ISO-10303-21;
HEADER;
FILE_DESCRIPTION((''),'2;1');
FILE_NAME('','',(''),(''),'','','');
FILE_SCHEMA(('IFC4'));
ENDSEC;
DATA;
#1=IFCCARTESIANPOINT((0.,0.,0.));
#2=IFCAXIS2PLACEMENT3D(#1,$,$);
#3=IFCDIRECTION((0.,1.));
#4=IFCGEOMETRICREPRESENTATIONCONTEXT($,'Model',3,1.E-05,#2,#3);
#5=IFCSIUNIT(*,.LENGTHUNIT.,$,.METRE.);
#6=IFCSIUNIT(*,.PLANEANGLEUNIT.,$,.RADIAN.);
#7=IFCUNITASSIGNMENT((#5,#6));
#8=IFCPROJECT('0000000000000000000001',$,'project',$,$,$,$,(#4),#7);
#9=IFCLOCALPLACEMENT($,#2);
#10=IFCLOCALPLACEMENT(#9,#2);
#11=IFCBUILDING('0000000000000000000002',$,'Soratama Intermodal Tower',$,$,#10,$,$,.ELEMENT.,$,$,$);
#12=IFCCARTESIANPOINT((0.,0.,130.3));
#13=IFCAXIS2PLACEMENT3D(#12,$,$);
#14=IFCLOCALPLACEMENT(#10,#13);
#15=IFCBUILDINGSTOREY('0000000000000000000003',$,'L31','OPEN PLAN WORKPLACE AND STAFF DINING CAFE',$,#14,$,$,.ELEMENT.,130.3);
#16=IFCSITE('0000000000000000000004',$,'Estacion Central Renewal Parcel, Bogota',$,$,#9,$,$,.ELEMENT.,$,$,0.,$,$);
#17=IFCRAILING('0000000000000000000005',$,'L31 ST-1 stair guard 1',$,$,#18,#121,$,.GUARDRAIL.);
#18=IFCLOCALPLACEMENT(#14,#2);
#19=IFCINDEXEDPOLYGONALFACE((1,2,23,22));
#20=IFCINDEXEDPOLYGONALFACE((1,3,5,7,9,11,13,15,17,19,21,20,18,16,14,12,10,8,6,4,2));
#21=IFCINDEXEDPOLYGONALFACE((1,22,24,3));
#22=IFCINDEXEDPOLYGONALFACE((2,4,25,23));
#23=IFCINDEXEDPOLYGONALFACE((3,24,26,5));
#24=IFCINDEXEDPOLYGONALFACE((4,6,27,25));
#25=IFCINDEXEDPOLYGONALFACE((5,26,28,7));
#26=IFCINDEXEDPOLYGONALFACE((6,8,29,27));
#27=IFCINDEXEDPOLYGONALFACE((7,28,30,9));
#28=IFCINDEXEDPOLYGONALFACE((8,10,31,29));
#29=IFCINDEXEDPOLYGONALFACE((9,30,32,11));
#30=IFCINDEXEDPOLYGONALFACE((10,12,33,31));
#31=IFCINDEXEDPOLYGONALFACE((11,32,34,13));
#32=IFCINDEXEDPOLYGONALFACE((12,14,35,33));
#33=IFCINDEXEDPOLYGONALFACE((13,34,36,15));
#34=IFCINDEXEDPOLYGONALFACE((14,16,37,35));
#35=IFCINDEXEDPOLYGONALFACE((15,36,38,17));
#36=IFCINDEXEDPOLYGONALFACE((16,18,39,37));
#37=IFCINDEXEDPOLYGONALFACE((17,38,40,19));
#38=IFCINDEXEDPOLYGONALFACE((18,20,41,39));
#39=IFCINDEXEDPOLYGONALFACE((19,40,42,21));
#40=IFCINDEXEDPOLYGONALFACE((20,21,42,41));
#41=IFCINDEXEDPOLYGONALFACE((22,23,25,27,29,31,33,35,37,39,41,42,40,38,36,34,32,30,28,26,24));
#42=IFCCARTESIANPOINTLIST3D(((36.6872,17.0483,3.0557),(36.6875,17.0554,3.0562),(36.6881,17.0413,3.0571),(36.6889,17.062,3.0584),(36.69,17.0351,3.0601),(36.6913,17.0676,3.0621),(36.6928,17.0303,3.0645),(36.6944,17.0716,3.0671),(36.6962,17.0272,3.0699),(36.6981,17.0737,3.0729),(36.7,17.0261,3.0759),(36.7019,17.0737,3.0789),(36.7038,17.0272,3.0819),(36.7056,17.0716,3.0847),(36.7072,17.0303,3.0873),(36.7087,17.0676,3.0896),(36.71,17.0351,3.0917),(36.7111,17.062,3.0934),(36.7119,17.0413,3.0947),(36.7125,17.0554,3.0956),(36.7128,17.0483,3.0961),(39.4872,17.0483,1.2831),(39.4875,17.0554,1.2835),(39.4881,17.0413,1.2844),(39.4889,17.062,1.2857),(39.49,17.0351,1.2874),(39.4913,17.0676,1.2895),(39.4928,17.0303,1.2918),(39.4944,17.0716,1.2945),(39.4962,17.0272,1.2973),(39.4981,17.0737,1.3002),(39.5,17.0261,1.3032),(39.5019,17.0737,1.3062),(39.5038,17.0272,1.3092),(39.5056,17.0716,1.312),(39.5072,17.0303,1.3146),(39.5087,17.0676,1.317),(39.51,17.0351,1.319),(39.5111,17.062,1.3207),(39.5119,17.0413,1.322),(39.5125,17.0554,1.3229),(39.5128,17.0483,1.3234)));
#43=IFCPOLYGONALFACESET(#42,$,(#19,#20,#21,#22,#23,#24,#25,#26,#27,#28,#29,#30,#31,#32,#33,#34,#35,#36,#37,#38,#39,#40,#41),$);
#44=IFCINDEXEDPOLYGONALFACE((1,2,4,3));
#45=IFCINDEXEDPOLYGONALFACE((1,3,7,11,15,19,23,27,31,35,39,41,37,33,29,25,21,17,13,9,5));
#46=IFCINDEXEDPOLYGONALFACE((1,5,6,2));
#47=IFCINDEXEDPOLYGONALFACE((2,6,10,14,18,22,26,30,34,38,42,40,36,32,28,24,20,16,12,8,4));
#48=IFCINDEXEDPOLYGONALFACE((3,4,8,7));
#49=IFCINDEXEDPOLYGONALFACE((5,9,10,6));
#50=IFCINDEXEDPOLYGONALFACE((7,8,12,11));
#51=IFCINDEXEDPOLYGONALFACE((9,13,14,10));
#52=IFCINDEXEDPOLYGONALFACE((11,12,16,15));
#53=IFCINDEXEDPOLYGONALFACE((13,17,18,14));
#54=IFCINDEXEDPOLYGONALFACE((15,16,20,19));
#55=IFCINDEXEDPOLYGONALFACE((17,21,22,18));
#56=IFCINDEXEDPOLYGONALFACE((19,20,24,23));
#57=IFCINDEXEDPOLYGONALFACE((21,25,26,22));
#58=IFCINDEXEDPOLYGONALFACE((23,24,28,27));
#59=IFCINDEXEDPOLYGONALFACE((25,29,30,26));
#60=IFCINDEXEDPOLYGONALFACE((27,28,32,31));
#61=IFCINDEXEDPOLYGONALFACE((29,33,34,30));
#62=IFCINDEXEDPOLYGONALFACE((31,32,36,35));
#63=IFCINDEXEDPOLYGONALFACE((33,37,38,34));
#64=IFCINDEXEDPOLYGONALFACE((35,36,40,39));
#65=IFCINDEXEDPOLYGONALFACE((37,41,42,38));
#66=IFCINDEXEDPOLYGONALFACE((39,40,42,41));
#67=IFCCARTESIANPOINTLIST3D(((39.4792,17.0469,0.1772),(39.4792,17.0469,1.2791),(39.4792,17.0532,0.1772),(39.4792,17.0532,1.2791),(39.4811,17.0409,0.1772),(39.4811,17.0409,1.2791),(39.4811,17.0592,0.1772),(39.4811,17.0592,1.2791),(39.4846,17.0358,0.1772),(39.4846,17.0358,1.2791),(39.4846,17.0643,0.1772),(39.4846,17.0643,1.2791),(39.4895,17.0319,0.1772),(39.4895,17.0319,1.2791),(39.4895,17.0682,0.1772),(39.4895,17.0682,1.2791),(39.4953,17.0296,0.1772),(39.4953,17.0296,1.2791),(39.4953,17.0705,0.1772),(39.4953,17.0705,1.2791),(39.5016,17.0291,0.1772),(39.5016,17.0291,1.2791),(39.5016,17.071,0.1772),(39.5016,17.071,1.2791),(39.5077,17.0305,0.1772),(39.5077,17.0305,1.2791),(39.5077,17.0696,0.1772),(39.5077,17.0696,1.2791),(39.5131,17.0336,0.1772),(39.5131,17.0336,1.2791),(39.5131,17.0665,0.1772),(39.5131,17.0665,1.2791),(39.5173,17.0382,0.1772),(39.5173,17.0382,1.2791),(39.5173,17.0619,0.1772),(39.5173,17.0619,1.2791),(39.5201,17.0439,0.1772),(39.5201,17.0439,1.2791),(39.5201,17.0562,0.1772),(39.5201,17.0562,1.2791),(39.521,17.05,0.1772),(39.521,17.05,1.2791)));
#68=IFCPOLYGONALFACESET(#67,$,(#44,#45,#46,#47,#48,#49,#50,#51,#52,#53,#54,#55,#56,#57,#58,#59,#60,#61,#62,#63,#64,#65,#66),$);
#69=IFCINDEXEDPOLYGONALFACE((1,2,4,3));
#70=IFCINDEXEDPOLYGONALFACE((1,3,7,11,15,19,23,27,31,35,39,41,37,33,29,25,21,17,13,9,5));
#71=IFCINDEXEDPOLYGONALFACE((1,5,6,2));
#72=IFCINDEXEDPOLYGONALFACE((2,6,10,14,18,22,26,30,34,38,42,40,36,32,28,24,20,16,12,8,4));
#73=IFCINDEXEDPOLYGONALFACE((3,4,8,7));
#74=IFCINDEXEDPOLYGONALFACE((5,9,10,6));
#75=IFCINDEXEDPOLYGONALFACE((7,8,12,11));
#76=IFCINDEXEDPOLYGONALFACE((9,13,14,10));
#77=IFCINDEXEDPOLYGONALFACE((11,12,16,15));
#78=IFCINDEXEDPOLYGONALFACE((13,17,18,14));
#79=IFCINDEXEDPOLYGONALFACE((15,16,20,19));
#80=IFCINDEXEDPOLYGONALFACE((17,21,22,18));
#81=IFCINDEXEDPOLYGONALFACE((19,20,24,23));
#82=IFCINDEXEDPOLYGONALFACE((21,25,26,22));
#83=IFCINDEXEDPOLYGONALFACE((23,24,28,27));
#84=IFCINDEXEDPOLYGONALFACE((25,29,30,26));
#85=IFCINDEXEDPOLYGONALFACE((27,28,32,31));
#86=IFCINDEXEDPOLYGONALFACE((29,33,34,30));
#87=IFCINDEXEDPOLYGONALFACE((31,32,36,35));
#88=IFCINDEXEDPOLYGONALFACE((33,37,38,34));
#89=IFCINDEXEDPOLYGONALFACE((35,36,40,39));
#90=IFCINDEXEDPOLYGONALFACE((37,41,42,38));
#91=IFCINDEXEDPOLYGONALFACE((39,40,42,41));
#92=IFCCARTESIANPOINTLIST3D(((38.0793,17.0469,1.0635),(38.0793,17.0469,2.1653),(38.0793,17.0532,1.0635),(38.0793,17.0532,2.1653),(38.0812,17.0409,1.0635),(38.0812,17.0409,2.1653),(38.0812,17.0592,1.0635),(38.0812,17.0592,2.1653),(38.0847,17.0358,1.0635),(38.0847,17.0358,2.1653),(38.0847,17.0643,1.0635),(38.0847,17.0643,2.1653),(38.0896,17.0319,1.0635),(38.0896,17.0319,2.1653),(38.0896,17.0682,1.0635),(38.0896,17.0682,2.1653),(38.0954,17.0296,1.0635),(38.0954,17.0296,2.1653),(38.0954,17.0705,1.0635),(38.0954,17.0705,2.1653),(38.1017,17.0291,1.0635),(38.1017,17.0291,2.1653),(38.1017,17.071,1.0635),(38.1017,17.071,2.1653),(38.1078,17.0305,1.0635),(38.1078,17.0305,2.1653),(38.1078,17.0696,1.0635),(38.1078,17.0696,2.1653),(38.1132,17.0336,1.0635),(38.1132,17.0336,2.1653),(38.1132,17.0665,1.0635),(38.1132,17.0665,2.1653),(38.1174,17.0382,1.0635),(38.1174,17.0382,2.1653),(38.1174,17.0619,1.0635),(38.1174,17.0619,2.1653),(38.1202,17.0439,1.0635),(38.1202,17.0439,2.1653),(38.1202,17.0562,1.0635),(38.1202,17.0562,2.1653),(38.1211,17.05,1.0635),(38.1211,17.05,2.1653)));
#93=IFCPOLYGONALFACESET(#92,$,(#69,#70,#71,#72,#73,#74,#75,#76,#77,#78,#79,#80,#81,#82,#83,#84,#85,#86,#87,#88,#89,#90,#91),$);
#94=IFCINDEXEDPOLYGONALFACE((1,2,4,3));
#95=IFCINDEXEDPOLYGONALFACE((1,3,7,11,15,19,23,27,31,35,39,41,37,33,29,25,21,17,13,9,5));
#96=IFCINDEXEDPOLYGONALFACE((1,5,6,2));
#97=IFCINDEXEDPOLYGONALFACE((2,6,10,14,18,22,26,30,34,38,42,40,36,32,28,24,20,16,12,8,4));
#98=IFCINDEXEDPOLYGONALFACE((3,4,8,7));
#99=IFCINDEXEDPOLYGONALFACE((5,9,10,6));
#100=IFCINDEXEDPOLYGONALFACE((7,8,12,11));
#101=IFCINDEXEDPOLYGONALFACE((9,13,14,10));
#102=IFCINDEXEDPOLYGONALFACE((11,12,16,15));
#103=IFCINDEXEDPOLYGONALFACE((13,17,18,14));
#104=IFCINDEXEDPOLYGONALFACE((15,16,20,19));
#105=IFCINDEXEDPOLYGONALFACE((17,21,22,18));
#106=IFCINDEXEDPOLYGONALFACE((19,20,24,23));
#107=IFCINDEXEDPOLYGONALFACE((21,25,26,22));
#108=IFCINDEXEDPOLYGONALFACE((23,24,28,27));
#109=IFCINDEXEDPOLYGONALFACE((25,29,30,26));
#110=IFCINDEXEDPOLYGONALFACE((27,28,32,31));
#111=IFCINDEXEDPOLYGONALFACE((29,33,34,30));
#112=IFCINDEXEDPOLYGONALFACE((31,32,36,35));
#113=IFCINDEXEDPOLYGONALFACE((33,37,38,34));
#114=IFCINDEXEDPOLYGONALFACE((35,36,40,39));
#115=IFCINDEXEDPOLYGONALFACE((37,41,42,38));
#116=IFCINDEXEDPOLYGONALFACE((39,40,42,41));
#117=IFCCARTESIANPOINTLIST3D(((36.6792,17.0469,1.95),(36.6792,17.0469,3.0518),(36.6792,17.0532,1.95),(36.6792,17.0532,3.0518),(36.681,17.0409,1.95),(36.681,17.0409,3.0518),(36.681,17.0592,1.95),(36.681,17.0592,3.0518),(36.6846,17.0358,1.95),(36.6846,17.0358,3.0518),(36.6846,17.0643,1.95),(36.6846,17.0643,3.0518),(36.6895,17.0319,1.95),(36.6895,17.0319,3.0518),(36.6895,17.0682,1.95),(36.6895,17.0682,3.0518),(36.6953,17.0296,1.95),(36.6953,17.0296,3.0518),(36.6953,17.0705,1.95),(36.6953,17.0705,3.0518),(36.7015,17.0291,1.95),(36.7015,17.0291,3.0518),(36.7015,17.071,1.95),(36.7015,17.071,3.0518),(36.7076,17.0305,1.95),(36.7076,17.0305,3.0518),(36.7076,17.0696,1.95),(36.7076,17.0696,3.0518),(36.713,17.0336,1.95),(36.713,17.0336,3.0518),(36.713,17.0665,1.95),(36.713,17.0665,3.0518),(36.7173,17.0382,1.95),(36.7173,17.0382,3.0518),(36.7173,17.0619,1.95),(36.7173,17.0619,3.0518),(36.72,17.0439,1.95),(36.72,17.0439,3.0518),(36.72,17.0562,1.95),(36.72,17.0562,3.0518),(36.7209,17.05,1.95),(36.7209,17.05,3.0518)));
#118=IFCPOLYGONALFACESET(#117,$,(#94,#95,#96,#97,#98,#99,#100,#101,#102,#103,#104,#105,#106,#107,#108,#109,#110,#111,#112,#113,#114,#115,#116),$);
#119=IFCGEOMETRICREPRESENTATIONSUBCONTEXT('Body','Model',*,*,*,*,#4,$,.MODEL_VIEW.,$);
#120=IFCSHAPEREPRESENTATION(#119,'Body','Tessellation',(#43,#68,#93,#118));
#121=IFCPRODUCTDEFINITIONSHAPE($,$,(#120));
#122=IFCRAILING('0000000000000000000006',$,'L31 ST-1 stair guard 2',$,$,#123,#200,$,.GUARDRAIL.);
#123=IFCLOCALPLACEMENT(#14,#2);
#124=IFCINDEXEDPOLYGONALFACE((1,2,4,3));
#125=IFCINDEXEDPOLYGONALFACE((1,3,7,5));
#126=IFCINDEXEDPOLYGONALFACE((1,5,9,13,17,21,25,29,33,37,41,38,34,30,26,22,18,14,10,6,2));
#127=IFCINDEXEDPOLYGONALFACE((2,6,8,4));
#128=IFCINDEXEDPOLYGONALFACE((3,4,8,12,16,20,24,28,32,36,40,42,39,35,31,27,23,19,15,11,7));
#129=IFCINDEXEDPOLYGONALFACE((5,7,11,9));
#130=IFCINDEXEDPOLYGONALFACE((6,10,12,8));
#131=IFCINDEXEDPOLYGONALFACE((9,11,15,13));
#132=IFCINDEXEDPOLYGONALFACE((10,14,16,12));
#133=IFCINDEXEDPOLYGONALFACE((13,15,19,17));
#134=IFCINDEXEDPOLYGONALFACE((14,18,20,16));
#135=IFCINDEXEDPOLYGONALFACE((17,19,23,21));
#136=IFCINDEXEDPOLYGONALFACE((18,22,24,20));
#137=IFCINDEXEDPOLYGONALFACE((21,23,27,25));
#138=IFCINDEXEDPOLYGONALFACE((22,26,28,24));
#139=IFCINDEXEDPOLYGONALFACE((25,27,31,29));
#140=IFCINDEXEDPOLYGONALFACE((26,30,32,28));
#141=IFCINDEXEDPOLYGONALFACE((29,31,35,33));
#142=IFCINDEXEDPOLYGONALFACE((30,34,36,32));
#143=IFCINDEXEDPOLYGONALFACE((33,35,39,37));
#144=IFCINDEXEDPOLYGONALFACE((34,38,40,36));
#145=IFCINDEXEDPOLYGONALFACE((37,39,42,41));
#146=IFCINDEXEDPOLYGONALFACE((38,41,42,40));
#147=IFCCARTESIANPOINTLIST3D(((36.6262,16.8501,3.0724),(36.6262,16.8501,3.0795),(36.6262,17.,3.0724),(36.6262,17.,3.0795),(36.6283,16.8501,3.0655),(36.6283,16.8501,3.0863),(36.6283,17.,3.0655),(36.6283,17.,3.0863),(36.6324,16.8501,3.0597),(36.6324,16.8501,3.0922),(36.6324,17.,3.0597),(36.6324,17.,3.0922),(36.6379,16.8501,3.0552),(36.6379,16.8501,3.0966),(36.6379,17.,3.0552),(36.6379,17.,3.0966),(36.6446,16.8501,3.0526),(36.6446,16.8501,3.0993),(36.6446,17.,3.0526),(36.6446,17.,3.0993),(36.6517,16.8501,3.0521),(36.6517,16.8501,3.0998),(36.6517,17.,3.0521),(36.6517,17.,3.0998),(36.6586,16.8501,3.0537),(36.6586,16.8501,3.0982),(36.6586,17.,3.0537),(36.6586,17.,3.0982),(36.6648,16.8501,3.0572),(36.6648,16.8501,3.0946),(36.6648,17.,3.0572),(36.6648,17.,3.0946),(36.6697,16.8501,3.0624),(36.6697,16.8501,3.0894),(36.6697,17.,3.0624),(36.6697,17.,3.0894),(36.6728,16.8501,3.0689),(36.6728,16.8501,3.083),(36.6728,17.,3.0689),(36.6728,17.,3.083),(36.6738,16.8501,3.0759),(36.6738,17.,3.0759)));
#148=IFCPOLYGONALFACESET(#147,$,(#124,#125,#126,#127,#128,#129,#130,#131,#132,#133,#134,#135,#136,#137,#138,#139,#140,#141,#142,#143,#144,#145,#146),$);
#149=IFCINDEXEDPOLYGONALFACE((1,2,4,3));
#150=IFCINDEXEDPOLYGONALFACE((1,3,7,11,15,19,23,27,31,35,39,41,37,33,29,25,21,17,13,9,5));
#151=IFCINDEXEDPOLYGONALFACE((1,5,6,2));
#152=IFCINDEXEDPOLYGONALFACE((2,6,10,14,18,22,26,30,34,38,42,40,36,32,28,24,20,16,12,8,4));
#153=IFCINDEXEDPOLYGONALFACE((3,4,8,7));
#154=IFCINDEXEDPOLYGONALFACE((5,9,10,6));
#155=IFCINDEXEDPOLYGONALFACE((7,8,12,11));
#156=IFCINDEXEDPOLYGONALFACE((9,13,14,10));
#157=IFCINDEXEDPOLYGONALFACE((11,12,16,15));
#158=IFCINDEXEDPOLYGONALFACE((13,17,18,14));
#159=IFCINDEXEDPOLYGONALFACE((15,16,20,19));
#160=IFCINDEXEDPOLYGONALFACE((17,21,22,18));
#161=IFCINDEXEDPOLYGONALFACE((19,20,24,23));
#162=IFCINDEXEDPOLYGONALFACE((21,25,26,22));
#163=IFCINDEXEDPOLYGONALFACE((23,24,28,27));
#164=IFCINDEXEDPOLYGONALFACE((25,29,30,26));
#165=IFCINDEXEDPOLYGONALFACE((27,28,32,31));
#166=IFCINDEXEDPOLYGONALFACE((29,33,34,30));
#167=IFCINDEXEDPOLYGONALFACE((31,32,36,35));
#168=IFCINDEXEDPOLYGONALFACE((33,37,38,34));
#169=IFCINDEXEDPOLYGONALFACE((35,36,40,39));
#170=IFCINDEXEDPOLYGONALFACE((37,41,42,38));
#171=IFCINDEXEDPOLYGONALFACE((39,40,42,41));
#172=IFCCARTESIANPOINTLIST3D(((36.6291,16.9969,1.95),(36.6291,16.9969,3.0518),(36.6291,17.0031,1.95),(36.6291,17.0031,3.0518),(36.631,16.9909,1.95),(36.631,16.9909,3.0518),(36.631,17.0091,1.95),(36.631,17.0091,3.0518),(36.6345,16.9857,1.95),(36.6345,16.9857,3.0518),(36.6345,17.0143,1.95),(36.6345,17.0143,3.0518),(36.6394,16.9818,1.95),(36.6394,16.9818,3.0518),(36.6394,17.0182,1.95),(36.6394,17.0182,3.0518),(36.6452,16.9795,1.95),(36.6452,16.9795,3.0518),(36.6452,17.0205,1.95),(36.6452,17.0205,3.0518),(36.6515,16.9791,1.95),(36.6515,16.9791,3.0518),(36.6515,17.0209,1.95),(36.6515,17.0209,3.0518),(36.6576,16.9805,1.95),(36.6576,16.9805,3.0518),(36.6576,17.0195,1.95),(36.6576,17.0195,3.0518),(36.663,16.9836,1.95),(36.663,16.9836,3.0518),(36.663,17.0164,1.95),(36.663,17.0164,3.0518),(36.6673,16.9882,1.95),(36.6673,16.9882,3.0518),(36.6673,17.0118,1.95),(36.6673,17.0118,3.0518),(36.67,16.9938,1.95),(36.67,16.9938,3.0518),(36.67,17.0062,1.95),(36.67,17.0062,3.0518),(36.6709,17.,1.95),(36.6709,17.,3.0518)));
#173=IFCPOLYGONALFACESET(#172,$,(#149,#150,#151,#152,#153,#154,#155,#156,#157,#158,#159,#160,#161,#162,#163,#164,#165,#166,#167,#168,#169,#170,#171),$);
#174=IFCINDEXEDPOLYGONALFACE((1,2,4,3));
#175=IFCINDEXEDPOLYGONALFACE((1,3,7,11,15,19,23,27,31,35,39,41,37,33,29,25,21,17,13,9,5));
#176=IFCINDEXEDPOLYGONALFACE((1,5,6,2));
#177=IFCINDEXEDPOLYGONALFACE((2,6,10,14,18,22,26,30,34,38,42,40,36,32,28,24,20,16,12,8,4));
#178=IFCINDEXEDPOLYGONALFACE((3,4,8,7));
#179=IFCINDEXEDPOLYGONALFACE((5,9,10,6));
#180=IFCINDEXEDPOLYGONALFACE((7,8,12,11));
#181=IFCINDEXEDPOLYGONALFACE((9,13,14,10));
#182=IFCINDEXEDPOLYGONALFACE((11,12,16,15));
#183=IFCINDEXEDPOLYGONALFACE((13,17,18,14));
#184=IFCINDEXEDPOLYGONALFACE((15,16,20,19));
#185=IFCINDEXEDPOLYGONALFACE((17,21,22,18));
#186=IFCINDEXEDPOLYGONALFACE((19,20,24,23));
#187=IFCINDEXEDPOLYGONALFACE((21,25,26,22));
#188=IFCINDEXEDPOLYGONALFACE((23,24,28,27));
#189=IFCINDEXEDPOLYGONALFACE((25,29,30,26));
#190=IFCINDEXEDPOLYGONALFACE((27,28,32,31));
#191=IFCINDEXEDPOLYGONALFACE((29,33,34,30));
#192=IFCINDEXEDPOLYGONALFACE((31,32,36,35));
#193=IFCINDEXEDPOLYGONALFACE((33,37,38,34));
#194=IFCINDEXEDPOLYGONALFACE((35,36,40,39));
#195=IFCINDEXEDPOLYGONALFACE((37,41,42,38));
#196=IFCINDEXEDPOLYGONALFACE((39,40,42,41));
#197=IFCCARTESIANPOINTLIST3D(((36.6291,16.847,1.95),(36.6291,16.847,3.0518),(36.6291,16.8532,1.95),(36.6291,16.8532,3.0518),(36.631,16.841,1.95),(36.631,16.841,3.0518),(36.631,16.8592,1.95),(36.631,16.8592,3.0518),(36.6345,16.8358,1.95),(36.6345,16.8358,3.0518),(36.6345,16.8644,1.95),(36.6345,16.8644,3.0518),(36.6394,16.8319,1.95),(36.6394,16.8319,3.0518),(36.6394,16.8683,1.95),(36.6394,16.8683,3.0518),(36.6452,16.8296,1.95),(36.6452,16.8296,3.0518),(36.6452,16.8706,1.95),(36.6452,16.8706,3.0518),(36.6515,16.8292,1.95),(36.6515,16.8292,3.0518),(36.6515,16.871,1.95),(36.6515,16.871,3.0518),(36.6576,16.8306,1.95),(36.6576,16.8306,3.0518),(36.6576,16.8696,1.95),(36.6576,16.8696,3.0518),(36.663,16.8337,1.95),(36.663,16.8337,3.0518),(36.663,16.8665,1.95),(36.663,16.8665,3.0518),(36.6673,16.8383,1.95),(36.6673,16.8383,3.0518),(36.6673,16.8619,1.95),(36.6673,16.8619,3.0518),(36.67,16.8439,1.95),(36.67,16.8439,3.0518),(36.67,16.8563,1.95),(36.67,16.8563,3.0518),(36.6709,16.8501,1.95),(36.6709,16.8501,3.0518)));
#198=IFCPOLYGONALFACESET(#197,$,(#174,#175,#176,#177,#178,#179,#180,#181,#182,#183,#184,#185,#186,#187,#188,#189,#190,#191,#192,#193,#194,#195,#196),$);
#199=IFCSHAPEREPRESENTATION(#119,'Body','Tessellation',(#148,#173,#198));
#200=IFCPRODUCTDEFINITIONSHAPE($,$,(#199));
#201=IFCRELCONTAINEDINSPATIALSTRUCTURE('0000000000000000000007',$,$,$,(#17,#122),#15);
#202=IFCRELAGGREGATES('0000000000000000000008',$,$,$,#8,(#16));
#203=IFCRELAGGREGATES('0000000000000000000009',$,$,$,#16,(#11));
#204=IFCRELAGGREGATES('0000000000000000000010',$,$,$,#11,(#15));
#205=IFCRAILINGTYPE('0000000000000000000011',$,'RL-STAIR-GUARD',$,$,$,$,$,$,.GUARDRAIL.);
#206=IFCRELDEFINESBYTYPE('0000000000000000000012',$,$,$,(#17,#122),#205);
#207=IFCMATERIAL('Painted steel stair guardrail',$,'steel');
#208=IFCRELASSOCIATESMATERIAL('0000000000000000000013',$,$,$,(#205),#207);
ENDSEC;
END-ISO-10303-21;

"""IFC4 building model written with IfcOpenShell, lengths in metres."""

from ifc_helpers import new_model, si_unit, direction, frame, origin, origin_2d, place, context, subcontext, project, spatial, circle, extrude, material, type_object, element, save


model = new_model("IFC4")

# Units and contexts
model_context = context("Model", 3, precision=1e-05, world=origin(), true_north=direction((0.0, 1.0)))
body_context = subcontext(model_context, "Body", "Model", "MODEL_VIEW")
ifc_project = project(units=[si_unit("LENGTHUNIT", "METRE"), si_unit("PLANEANGLEUNIT", "RADIAN")], contexts=[model_context])

# Site, building, storey
site_placement = place(None, origin())
site = spatial("IfcSite", under=ifc_project, at=site_placement, Name="Estacion Central Renewal Parcel, Bogota", CompositionType="ELEMENT", RefElevation=0.0)
building_placement = place(site_placement, origin())
building = spatial("IfcBuilding", under=site, at=building_placement, Name="Soratama Intermodal Tower", CompositionType="ELEMENT")
storey_placement = place(building_placement, frame((0.0, 0.0, 130.3)))
storey = spatial("IfcBuildingStorey", under=building, at=storey_placement, Name="L31", Description="OPEN PLAN WORKPLACE AND STAFF DINING CAFE", CompositionType="ELEMENT", Elevation=130.3)

# Railings
ifc_material_1 = material(Name="Painted steel stair guardrail", Category="steel")
railing_type_1 = type_object("IfcRailingType", Name="RL-STAIR-GUARD", PredefinedType="GUARDRAIL", material=ifc_material_1)
railing_1_placement = place(storey_placement, frame((39.5, 17.05, 0.1772)))
element("IfcRailing", 1, at=railing_1_placement, inside=storey, type_object=railing_type_1, Name="L31 ST-1 stair guard 1", PredefinedType="GUARDRAIL", context=body_context, shape_type="SweptSolid", body=[
    extrude(circle(Radius=0.0239, at=origin_2d()), frame((0.0, 0.0, 1.126), z_axis=(-0.844909, 0.0, 0.53491), x_axis=(0.0, -1.0, 0.0)), (0.0, 0.0, 1.0), 3.314),
    extrude(circle(Radius=0.021, at=origin_2d()), origin(), (0.0, 0.0, 1.0), 1.1018),
    extrude(circle(Radius=0.021, at=origin_2d()), frame((-1.3999, 0.0, 0.8862)), (0.0, 0.0, 1.0), 1.1018),
    extrude(circle(Radius=0.021, at=origin_2d()), frame((-2.8, 0.0, 1.7727)), (0.0, 0.0, 1.0), 1.1018),
])
railing_2_placement = place(storey_placement, frame((36.6499, 17.0, 1.95)))
element("IfcRailing", 2, at=railing_2_placement, inside=storey, type_object=railing_type_1, Name="L31 ST-1 stair guard 2", PredefinedType="GUARDRAIL", context=body_context, shape_type="SweptSolid", body=[
    extrude(circle(Radius=0.0239, at=origin_2d()), frame((0.0, 0.0, 1.126), z_axis=(0.0, -1.0, 0.0), x_axis=(1.0, 0.0, 0.0)), (0.0, 0.0, 1.0), 0.1499),
    extrude(circle(Radius=0.021, at=origin_2d()), origin(), (0.0, 0.0, 1.0), 1.1018),
    extrude(circle(Radius=0.021, at=origin_2d()), frame((0.0, -0.1499, 0.0)), (0.0, 0.0, 1.0), 1.1018),
])

save(model, "model.ifc")
